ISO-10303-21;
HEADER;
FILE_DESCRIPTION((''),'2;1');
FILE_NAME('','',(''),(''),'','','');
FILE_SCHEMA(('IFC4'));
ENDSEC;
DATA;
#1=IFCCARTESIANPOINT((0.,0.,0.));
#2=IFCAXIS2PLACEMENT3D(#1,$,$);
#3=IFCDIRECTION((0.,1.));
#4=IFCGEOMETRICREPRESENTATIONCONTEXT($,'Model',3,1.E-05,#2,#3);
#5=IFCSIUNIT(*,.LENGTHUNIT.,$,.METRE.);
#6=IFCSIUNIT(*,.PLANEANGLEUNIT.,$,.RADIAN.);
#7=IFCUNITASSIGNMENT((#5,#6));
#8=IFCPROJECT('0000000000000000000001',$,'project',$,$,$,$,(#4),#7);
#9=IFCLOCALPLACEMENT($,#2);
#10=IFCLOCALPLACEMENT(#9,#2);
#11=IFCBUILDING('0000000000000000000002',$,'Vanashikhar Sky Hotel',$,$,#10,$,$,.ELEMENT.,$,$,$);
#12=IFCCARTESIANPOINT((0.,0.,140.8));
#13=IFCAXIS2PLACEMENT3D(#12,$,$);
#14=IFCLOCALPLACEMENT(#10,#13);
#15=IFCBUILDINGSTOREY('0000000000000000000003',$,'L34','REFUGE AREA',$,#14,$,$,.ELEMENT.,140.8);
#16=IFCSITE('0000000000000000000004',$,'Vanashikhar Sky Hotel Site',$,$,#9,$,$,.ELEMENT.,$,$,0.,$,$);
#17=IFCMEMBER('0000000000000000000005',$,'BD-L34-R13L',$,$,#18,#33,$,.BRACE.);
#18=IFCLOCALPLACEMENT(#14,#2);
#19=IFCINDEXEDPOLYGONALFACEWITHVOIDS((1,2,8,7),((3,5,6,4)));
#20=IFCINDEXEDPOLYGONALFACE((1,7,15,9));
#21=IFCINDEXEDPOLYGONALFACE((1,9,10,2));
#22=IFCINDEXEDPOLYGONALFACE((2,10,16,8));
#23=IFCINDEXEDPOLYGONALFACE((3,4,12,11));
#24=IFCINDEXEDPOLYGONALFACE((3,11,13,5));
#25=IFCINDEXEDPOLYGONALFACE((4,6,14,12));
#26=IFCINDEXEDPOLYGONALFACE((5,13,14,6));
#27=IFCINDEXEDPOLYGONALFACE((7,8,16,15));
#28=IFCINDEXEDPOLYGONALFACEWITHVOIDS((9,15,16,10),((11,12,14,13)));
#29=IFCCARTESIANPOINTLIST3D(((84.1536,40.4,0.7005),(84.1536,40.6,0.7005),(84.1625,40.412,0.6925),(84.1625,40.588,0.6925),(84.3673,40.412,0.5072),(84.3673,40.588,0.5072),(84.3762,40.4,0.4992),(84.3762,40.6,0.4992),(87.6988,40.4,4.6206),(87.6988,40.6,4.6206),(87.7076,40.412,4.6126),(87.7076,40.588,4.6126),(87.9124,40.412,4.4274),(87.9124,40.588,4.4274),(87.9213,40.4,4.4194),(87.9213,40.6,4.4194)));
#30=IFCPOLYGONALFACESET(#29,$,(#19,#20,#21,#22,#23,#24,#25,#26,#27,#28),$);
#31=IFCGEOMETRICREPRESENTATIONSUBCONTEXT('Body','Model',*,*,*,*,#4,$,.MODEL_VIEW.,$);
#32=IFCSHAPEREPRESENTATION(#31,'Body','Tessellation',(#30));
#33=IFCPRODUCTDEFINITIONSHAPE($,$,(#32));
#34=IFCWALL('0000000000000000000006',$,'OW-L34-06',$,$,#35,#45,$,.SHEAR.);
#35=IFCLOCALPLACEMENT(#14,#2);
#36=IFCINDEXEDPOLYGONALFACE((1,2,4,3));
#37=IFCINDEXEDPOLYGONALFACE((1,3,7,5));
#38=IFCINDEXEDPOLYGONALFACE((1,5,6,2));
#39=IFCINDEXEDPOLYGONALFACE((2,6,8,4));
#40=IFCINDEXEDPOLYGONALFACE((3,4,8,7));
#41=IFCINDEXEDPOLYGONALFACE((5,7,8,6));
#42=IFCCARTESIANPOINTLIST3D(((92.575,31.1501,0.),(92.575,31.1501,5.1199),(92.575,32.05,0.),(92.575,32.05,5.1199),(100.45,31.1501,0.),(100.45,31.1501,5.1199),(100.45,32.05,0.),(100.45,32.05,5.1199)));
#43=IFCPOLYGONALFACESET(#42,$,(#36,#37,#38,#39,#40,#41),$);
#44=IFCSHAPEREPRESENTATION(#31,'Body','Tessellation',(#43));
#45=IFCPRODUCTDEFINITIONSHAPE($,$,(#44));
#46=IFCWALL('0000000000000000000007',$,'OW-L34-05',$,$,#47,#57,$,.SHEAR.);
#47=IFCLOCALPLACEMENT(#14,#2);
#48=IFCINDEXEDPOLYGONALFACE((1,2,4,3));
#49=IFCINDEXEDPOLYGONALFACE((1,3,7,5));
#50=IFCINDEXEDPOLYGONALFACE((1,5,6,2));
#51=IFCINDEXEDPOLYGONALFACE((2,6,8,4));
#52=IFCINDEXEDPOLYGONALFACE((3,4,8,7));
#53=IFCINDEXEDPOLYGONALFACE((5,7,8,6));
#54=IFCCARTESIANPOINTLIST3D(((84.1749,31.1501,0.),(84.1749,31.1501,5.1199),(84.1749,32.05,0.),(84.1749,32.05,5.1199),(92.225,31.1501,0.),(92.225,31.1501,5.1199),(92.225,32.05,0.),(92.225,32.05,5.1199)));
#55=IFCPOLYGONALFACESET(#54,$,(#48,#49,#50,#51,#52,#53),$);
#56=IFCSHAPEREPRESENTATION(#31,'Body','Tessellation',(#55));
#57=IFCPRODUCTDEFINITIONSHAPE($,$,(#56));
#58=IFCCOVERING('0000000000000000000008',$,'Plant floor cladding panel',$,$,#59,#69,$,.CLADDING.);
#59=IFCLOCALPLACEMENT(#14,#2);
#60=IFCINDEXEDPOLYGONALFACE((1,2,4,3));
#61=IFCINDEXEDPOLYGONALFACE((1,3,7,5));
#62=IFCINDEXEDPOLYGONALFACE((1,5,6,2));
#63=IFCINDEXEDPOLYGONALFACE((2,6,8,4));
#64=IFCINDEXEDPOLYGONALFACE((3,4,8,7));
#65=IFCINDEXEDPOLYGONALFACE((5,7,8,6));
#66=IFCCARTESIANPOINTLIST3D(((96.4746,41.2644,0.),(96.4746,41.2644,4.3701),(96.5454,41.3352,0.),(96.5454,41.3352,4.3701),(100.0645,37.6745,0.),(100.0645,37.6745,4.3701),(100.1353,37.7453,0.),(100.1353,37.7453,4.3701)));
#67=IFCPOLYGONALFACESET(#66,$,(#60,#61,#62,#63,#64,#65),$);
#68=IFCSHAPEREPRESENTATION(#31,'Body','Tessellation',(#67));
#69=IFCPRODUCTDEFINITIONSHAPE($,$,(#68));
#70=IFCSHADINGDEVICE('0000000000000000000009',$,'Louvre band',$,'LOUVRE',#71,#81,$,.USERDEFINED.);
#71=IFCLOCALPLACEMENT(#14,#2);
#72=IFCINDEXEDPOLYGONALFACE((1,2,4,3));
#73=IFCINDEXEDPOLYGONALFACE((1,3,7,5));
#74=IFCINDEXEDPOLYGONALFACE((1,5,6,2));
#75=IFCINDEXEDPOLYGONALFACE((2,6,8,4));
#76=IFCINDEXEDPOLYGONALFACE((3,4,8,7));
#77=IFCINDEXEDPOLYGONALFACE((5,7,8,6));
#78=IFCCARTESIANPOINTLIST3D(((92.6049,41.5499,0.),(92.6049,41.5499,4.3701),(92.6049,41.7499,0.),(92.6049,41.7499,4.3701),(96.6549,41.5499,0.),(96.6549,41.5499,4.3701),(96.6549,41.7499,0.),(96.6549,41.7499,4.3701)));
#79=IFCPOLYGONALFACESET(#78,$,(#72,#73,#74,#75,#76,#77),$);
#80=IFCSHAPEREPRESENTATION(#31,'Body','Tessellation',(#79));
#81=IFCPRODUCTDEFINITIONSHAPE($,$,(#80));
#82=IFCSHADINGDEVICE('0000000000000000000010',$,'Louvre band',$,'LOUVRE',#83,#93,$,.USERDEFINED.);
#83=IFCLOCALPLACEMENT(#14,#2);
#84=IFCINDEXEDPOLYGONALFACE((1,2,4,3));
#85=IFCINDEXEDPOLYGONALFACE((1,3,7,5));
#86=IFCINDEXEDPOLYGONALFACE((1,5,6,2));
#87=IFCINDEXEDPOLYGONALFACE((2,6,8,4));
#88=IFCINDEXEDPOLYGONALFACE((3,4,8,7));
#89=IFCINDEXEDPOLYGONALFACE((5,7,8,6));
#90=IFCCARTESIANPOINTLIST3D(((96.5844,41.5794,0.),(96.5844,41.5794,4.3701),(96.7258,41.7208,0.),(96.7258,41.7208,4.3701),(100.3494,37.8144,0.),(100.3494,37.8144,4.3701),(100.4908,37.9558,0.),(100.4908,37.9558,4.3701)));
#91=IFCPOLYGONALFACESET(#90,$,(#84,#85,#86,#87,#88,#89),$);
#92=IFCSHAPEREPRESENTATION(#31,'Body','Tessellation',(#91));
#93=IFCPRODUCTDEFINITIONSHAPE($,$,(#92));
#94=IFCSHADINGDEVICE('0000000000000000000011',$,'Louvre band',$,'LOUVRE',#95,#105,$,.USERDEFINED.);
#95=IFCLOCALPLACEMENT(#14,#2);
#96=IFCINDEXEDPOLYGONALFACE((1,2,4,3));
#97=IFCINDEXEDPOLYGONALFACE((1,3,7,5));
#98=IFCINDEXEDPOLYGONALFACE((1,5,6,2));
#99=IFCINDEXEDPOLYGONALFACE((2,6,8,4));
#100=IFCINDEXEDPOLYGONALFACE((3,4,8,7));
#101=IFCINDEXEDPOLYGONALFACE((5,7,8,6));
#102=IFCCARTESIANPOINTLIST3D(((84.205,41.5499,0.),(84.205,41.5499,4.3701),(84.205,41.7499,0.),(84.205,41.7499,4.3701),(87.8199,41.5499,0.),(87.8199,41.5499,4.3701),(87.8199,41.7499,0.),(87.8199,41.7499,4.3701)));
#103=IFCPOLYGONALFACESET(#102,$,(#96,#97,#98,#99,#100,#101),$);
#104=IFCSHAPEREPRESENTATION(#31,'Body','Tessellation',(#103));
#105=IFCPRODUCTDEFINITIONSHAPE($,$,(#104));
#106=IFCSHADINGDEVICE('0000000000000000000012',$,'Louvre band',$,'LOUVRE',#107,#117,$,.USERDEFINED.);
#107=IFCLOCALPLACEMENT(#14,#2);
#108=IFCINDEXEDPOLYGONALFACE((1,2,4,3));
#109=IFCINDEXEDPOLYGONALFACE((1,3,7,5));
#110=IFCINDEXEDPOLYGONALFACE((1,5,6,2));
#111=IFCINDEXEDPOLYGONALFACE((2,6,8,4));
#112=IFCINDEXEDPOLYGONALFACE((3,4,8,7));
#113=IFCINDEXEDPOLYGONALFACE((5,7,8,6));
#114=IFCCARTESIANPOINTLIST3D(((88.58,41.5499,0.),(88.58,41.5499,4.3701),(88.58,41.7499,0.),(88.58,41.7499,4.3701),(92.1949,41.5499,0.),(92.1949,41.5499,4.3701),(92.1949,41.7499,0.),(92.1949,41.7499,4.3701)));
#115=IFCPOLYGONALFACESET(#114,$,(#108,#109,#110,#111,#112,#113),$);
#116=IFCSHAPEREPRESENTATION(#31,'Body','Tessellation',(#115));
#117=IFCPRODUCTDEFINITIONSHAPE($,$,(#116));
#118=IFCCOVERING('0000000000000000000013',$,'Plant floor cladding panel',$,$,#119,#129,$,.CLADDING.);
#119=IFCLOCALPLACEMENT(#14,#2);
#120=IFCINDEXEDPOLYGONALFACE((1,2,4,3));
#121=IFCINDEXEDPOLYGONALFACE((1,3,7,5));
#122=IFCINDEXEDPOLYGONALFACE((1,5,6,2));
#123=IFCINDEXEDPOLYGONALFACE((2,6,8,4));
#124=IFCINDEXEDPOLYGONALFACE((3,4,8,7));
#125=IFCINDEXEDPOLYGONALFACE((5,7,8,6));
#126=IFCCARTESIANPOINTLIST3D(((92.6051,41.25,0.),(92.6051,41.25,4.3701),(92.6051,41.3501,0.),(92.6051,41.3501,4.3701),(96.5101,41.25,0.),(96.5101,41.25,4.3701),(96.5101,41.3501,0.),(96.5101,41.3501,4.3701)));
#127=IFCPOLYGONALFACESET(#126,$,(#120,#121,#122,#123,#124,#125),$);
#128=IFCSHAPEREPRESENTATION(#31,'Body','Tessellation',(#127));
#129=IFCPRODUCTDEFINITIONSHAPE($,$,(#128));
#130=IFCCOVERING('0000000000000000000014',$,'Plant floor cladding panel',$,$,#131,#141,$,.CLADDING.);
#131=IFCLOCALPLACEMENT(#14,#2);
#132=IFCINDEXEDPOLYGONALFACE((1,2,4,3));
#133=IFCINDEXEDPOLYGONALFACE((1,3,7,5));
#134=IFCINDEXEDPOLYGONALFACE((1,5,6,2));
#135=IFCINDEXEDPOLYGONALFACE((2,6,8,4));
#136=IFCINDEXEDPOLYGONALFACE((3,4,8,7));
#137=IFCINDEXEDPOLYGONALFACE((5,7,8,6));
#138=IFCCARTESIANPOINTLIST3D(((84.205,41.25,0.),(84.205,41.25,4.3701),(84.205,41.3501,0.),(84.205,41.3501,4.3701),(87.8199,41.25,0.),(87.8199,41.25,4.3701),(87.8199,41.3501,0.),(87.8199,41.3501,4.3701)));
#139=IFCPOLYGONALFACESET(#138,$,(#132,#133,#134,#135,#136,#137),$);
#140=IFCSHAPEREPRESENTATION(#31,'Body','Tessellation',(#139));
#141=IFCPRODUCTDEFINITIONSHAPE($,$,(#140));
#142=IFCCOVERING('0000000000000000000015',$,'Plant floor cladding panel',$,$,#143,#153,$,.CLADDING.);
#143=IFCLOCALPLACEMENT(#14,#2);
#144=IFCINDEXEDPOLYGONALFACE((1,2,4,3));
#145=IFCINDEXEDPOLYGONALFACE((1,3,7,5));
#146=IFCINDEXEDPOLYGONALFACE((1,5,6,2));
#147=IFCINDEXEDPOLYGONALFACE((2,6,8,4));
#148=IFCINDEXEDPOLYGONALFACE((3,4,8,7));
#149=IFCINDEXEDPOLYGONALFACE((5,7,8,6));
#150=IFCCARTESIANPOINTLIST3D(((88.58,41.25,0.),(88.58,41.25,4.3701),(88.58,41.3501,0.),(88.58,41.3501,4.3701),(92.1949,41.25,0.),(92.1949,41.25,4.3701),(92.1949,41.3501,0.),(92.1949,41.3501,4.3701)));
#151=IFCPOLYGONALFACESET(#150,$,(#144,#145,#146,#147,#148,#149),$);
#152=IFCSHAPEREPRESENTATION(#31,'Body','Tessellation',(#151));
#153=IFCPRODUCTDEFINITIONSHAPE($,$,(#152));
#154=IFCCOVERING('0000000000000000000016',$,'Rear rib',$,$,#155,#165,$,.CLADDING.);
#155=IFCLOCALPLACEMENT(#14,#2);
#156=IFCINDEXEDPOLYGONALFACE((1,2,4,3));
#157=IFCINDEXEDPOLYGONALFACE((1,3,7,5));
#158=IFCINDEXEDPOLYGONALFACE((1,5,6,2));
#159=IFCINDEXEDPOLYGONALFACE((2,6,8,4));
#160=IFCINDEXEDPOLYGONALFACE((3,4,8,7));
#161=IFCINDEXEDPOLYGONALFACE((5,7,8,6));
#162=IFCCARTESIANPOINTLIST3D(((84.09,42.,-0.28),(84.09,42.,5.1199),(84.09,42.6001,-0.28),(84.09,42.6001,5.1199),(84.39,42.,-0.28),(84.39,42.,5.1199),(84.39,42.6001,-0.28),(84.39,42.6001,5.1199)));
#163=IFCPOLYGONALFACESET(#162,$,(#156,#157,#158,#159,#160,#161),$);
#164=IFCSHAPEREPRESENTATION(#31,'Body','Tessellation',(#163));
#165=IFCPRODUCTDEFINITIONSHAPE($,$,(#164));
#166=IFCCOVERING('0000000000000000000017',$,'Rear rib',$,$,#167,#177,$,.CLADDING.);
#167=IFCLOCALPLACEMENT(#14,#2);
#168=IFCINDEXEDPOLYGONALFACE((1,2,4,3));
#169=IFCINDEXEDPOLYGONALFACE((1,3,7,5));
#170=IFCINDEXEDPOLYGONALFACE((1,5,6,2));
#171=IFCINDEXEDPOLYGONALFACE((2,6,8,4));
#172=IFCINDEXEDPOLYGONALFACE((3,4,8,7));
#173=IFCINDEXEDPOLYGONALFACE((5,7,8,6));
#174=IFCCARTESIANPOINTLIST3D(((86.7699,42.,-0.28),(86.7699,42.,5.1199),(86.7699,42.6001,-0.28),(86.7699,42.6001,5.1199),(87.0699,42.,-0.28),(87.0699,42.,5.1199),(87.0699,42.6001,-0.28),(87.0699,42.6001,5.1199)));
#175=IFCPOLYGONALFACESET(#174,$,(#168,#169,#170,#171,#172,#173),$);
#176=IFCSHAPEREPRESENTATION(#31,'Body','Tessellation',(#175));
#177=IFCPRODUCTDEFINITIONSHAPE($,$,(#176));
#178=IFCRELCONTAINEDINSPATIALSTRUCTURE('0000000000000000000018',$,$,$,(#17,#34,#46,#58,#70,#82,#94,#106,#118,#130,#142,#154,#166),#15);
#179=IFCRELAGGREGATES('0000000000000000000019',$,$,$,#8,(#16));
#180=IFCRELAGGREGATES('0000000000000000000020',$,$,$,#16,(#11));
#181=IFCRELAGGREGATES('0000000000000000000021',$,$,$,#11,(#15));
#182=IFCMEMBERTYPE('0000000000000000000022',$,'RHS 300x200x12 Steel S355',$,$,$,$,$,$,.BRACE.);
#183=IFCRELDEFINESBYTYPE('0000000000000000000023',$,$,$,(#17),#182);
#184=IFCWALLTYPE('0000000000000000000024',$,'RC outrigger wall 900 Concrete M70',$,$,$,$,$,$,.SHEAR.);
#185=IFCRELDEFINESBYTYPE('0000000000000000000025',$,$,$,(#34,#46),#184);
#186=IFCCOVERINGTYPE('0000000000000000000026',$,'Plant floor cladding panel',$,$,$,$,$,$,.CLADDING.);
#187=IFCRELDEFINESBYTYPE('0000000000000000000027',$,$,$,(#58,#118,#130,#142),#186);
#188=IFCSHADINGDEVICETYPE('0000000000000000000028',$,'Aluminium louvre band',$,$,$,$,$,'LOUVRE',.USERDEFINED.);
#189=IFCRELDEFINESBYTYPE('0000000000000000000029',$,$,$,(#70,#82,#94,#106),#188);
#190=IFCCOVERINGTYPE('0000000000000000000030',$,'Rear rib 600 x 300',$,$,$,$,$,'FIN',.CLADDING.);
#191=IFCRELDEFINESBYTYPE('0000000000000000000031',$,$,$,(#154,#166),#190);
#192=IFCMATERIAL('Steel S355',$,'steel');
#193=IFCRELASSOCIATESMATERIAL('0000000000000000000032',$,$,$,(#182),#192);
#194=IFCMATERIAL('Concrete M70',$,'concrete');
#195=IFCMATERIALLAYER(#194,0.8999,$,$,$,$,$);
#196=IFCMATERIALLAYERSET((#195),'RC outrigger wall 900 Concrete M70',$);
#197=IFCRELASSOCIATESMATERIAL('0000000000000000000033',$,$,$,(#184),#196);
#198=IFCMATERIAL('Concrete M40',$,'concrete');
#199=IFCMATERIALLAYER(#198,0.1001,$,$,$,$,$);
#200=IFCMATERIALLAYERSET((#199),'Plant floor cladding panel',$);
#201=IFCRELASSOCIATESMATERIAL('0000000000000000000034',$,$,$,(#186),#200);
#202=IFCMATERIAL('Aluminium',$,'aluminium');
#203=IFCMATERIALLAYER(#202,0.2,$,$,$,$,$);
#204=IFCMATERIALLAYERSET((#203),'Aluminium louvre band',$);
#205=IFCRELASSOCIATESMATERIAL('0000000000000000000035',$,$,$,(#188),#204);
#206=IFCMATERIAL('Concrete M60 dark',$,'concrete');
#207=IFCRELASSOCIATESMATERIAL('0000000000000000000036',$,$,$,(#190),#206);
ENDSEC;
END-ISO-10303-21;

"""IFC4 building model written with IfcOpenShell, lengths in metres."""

from ifc_helpers import new_model, si_unit, direction, frame, frame_2d, origin, origin_2d, place, context, subcontext, project, spatial, rectangle, hollow_rectangle, extrude, source, transform, mapped, material, layer, layer_set, material_profile, profile_set, type_object, element, save


model = new_model("IFC4")

# Units and contexts
model_context = context("Model", 3, precision=1e-05, world=origin(), true_north=direction((0.0, 1.0)))
body_context = subcontext(model_context, "Body", "Model", "MODEL_VIEW")
ifc_project = project(units=[si_unit("LENGTHUNIT", "METRE"), si_unit("PLANEANGLEUNIT", "RADIAN")], contexts=[model_context])

# Site, building, storey
site_placement = place(None, origin())
site = spatial("IfcSite", under=ifc_project, at=site_placement, Name="Vanashikhar Sky Hotel Site", CompositionType="ELEMENT", RefElevation=0.0)
building_placement = place(site_placement, origin())
building = spatial("IfcBuilding", under=site, at=building_placement, Name="Vanashikhar Sky Hotel", CompositionType="ELEMENT")
storey_placement = place(building_placement, frame((0.0, 0.0, 140.8)))
storey = spatial("IfcBuildingStorey", under=building, at=storey_placement, Name="L34", Description="REFUGE AREA", CompositionType="ELEMENT", Elevation=140.8)

# Member
ifc_material_1 = material(Name="Steel S355", Category="steel")
ifc_material_profile_1 = material_profile(ifc_material_1, hollow_rectangle(XDim=0.2, YDim=0.3, WallThickness=0.012, at=origin_2d()))
ifc_profile_set_1 = profile_set([ifc_material_profile_1], Name="RHS 300x200x12 Steel S355")
member_type_1 = type_object("IfcMemberType", Name="RHS 300x200x12 Steel S355", PredefinedType="BRACE", material=ifc_profile_set_1)
shared_shape_1 = source(origin(), body_context, "Body", "SweptSolid", [
    extrude(hollow_rectangle(XDim=0.2, YDim=0.3, WallThickness=0.012, at=origin_2d()), origin(), (0.0, 0.0, 1.0), 5.2854),
])
member_1_placement = place(storey_placement, frame((84.2649, 40.5, 0.5999), z_axis=(0.670742, 0.0, 0.741691), x_axis=(0.0, 1.0, 0.0)))
element("IfcMember", 1, at=member_1_placement, inside=storey, type_object=member_type_1, Name="BD-L34-R13L", PredefinedType="BRACE", context=body_context, shape_type="MappedRepresentation", body=[
    mapped(shared_shape_1, transform((0.0, 0.0, 0.0), scale=1.0)),
])

# Walls
ifc_material_2 = material(Name="Concrete M70", Category="concrete")
ifc_layer_1 = layer(ifc_material_2, 0.8999)
ifc_layer_set_1 = layer_set([ifc_layer_1], Name="RC outrigger wall 900 Concrete M70")
wall_type = type_object("IfcWallType", Name="RC outrigger wall 900 Concrete M70", PredefinedType="SHEAR", material=ifc_layer_set_1)
shared_shape_2 = source(origin(), body_context, "Body", "SweptSolid", [
    extrude(rectangle(XDim=7.875, YDim=0.8999, at=frame_2d((3.9375, 0.0))), origin(), (0.0, 0.0, 1.0), 5.1199),
])
wall_1_placement = place(storey_placement, frame((92.575, 31.6001, 0.0), z_axis=(0.0, 0.0, 1.0), x_axis=(1.0, 0.0, 0.0)))
element("IfcWall", 2, at=wall_1_placement, inside=storey, type_object=wall_type, Name="OW-L34-06", PredefinedType="SHEAR", context=body_context, shape_type="MappedRepresentation", body=[
    mapped(shared_shape_2, transform((0.0, 0.0, 0.0), scale=1.0)),
])
shared_shape_3 = source(origin(), body_context, "Body", "SweptSolid", [
    extrude(rectangle(XDim=8.05, YDim=0.8999, at=frame_2d((4.0249, 0.0))), origin(), (0.0, 0.0, 1.0), 5.1199),
])
wall_2_placement = place(storey_placement, frame((84.175, 31.6001, 0.0), z_axis=(0.0, 0.0, 1.0), x_axis=(1.0, 0.0, 0.0)))
element("IfcWall", 3, at=wall_2_placement, inside=storey, type_object=wall_type, Name="OW-L34-05", PredefinedType="SHEAR", context=body_context, shape_type="MappedRepresentation", body=[
    mapped(shared_shape_3, transform((0.0, 0.0, 0.0), scale=1.0)),
])

# Covering
ifc_material_3 = material(Name="Concrete M40", Category="concrete")
ifc_layer_2 = layer(ifc_material_3, 0.1001)
ifc_layer_set_2 = layer_set([ifc_layer_2], Name="Plant floor cladding panel")
covering_type_1 = type_object("IfcCoveringType", Name="Plant floor cladding panel", PredefinedType="CLADDING", material=ifc_layer_set_2)
shared_shape_4 = source(origin(), body_context, "Body", "SweptSolid", [
    extrude(rectangle(XDim=5.0769, YDim=0.1001, at=origin_2d()), origin(), (0.0, 0.0, 1.0), 4.3701),
])
covering_1_placement = place(storey_placement, frame((98.3049, 39.5049, 0.0), z_axis=(0.0, 0.0, 1.0), x_axis=(-0.707107, 0.707107, 0.0)))
element("IfcCovering", 4, at=covering_1_placement, inside=storey, type_object=covering_type_1, Name="Plant floor cladding panel", PredefinedType="CLADDING", context=body_context, shape_type="MappedRepresentation", body=[
    mapped(shared_shape_4, transform((0.0, 0.0, 0.0), scale=1.0)),
])

# Shading devices
ifc_material_4 = material(Name="Aluminium", Category="aluminium")
ifc_layer_3 = layer(ifc_material_4, 0.2)
ifc_layer_set_3 = layer_set([ifc_layer_3], Name="Aluminium louvre band")
shading_device_type = type_object("IfcShadingDeviceType", Name="Aluminium louvre band", ElementType="LOUVRE", PredefinedType="USERDEFINED", material=ifc_layer_set_3)
shared_shape_5 = source(origin(), body_context, "Body", "SweptSolid", [
    extrude(rectangle(XDim=4.05, YDim=0.2, at=origin_2d()), origin(), (0.0, 0.0, 1.0), 4.3701),
])
shading_device_1_placement = place(storey_placement, frame((94.6299, 41.6499, 0.0), z_axis=(0.0, 0.0, 1.0), x_axis=(-1.0, 0.0, 0.0)))
element("IfcShadingDevice", 5, at=shading_device_1_placement, inside=storey, type_object=shading_device_type, Name="Louvre band", ObjectType="LOUVRE", PredefinedType="USERDEFINED", context=body_context, shape_type="MappedRepresentation", body=[
    mapped(shared_shape_5, transform((0.0, 0.0, 0.0), scale=1.0)),
])
shared_shape_6 = source(origin(), body_context, "Body", "SweptSolid", [
    extrude(rectangle(XDim=5.3245, YDim=0.2, at=origin_2d()), origin(), (0.0, 0.0, 1.0), 4.3701),
])
shading_device_2_placement = place(storey_placement, frame((98.5376, 39.7676, 0.0), z_axis=(0.0, 0.0, 1.0), x_axis=(-0.707107, 0.707107, 0.0)))
element("IfcShadingDevice", 6, at=shading_device_2_placement, inside=storey, type_object=shading_device_type, Name="Louvre band", ObjectType="LOUVRE", PredefinedType="USERDEFINED", context=body_context, shape_type="MappedRepresentation", body=[
    mapped(shared_shape_6, transform((0.0, 0.0, 0.0), scale=1.0)),
])
shared_shape_7 = source(origin(), body_context, "Body", "SweptSolid", [
    extrude(rectangle(XDim=3.615, YDim=0.2, at=origin_2d()), origin(), (0.0, 0.0, 1.0), 4.3701),
])
for number, where, z_axis, x_axis, name in (
    (7, (86.0125, 41.6499, 0.0), (0.0, 0.0, 1.0), (-1.0, 0.0, 0.0), "Louvre band"),
    (8, (90.3875, 41.6499, 0.0), (0.0, 0.0, 1.0), (-1.0, 0.0, 0.0), "Louvre band"),
):
    element("IfcShadingDevice", number, at=place(storey_placement, frame(where, z_axis=z_axis, x_axis=x_axis)), inside=storey, type_object=shading_device_type, Name=name, ObjectType="LOUVRE", PredefinedType="USERDEFINED", context=body_context, shape_type="MappedRepresentation", body=[
        mapped(shared_shape_7, transform((0.0, 0.0, 0.0), scale=1.0)),
    ])

# Coverings
shared_shape_8 = source(origin(), body_context, "Body", "SweptSolid", [
    extrude(rectangle(XDim=3.905, YDim=0.1001, at=origin_2d()), origin(), (0.0, 0.0, 1.0), 4.3701),
])
covering_2_placement = place(storey_placement, frame((94.5576, 41.3, 0.0), z_axis=(0.0, 0.0, 1.0), x_axis=(-1.0, 0.0, 0.0)))
element("IfcCovering", 9, at=covering_2_placement, inside=storey, type_object=covering_type_1, Name="Plant floor cladding panel", PredefinedType="CLADDING", context=body_context, shape_type="MappedRepresentation", body=[
    mapped(shared_shape_8, transform((0.0, 0.0, 0.0), scale=1.0)),
])
shared_shape_9 = source(origin(), body_context, "Body", "SweptSolid", [
    extrude(rectangle(XDim=3.615, YDim=0.1001, at=origin_2d()), origin(), (0.0, 0.0, 1.0), 4.3701),
])
for number, where, z_axis, x_axis, name in (
    (10, (86.0125, 41.3, 0.0), (0.0, 0.0, 1.0), (-1.0, 0.0, 0.0), "Plant floor cladding panel"),
    (11, (90.3875, 41.3, 0.0), (0.0, 0.0, 1.0), (-1.0, 0.0, 0.0), "Plant floor cladding panel"),
):
    element("IfcCovering", number, at=place(storey_placement, frame(where, z_axis=z_axis, x_axis=x_axis)), inside=storey, type_object=covering_type_1, Name=name, PredefinedType="CLADDING", context=body_context, shape_type="MappedRepresentation", body=[
        mapped(shared_shape_9, transform((0.0, 0.0, 0.0), scale=1.0)),
    ])
ifc_material_5 = material(Name="Concrete M60 dark", Category="concrete")
ifc_material_profile_2 = material_profile(ifc_material_5, rectangle(XDim=0.6001, YDim=0.3, at=origin_2d()))
ifc_profile_set_2 = profile_set([ifc_material_profile_2], Name="Rear rib 600 x 300")
covering_type_2 = type_object("IfcCoveringType", Name="Rear rib 600 x 300", ElementType="FIN", PredefinedType="CLADDING", material=ifc_profile_set_2)
shared_shape_10 = source(origin(), body_context, "Body", "SweptSolid", [
    extrude(rectangle(XDim=0.6001, YDim=0.3, at=origin_2d()), origin(), (0.0, 0.0, 1.0), 5.3999),
])
for number, where, z_axis, x_axis, name in (
    (12, (84.24, 42.3, -0.28), (0.0, 0.0, 1.0), (0.0, 1.0, 0.0), "Rear rib"),
    (13, (86.9199, 42.3, -0.28), (0.0, 0.0, 1.0), (0.0, 1.0, 0.0), "Rear rib"),
):
    element("IfcCovering", number, at=place(storey_placement, frame(where, z_axis=z_axis, x_axis=x_axis)), inside=storey, type_object=covering_type_2, Name=name, PredefinedType="CLADDING", context=body_context, shape_type="MappedRepresentation", body=[
        mapped(shared_shape_10, transform((0.0, 0.0, 0.0), scale=1.0)),
    ])

save(model, "model.ifc")
